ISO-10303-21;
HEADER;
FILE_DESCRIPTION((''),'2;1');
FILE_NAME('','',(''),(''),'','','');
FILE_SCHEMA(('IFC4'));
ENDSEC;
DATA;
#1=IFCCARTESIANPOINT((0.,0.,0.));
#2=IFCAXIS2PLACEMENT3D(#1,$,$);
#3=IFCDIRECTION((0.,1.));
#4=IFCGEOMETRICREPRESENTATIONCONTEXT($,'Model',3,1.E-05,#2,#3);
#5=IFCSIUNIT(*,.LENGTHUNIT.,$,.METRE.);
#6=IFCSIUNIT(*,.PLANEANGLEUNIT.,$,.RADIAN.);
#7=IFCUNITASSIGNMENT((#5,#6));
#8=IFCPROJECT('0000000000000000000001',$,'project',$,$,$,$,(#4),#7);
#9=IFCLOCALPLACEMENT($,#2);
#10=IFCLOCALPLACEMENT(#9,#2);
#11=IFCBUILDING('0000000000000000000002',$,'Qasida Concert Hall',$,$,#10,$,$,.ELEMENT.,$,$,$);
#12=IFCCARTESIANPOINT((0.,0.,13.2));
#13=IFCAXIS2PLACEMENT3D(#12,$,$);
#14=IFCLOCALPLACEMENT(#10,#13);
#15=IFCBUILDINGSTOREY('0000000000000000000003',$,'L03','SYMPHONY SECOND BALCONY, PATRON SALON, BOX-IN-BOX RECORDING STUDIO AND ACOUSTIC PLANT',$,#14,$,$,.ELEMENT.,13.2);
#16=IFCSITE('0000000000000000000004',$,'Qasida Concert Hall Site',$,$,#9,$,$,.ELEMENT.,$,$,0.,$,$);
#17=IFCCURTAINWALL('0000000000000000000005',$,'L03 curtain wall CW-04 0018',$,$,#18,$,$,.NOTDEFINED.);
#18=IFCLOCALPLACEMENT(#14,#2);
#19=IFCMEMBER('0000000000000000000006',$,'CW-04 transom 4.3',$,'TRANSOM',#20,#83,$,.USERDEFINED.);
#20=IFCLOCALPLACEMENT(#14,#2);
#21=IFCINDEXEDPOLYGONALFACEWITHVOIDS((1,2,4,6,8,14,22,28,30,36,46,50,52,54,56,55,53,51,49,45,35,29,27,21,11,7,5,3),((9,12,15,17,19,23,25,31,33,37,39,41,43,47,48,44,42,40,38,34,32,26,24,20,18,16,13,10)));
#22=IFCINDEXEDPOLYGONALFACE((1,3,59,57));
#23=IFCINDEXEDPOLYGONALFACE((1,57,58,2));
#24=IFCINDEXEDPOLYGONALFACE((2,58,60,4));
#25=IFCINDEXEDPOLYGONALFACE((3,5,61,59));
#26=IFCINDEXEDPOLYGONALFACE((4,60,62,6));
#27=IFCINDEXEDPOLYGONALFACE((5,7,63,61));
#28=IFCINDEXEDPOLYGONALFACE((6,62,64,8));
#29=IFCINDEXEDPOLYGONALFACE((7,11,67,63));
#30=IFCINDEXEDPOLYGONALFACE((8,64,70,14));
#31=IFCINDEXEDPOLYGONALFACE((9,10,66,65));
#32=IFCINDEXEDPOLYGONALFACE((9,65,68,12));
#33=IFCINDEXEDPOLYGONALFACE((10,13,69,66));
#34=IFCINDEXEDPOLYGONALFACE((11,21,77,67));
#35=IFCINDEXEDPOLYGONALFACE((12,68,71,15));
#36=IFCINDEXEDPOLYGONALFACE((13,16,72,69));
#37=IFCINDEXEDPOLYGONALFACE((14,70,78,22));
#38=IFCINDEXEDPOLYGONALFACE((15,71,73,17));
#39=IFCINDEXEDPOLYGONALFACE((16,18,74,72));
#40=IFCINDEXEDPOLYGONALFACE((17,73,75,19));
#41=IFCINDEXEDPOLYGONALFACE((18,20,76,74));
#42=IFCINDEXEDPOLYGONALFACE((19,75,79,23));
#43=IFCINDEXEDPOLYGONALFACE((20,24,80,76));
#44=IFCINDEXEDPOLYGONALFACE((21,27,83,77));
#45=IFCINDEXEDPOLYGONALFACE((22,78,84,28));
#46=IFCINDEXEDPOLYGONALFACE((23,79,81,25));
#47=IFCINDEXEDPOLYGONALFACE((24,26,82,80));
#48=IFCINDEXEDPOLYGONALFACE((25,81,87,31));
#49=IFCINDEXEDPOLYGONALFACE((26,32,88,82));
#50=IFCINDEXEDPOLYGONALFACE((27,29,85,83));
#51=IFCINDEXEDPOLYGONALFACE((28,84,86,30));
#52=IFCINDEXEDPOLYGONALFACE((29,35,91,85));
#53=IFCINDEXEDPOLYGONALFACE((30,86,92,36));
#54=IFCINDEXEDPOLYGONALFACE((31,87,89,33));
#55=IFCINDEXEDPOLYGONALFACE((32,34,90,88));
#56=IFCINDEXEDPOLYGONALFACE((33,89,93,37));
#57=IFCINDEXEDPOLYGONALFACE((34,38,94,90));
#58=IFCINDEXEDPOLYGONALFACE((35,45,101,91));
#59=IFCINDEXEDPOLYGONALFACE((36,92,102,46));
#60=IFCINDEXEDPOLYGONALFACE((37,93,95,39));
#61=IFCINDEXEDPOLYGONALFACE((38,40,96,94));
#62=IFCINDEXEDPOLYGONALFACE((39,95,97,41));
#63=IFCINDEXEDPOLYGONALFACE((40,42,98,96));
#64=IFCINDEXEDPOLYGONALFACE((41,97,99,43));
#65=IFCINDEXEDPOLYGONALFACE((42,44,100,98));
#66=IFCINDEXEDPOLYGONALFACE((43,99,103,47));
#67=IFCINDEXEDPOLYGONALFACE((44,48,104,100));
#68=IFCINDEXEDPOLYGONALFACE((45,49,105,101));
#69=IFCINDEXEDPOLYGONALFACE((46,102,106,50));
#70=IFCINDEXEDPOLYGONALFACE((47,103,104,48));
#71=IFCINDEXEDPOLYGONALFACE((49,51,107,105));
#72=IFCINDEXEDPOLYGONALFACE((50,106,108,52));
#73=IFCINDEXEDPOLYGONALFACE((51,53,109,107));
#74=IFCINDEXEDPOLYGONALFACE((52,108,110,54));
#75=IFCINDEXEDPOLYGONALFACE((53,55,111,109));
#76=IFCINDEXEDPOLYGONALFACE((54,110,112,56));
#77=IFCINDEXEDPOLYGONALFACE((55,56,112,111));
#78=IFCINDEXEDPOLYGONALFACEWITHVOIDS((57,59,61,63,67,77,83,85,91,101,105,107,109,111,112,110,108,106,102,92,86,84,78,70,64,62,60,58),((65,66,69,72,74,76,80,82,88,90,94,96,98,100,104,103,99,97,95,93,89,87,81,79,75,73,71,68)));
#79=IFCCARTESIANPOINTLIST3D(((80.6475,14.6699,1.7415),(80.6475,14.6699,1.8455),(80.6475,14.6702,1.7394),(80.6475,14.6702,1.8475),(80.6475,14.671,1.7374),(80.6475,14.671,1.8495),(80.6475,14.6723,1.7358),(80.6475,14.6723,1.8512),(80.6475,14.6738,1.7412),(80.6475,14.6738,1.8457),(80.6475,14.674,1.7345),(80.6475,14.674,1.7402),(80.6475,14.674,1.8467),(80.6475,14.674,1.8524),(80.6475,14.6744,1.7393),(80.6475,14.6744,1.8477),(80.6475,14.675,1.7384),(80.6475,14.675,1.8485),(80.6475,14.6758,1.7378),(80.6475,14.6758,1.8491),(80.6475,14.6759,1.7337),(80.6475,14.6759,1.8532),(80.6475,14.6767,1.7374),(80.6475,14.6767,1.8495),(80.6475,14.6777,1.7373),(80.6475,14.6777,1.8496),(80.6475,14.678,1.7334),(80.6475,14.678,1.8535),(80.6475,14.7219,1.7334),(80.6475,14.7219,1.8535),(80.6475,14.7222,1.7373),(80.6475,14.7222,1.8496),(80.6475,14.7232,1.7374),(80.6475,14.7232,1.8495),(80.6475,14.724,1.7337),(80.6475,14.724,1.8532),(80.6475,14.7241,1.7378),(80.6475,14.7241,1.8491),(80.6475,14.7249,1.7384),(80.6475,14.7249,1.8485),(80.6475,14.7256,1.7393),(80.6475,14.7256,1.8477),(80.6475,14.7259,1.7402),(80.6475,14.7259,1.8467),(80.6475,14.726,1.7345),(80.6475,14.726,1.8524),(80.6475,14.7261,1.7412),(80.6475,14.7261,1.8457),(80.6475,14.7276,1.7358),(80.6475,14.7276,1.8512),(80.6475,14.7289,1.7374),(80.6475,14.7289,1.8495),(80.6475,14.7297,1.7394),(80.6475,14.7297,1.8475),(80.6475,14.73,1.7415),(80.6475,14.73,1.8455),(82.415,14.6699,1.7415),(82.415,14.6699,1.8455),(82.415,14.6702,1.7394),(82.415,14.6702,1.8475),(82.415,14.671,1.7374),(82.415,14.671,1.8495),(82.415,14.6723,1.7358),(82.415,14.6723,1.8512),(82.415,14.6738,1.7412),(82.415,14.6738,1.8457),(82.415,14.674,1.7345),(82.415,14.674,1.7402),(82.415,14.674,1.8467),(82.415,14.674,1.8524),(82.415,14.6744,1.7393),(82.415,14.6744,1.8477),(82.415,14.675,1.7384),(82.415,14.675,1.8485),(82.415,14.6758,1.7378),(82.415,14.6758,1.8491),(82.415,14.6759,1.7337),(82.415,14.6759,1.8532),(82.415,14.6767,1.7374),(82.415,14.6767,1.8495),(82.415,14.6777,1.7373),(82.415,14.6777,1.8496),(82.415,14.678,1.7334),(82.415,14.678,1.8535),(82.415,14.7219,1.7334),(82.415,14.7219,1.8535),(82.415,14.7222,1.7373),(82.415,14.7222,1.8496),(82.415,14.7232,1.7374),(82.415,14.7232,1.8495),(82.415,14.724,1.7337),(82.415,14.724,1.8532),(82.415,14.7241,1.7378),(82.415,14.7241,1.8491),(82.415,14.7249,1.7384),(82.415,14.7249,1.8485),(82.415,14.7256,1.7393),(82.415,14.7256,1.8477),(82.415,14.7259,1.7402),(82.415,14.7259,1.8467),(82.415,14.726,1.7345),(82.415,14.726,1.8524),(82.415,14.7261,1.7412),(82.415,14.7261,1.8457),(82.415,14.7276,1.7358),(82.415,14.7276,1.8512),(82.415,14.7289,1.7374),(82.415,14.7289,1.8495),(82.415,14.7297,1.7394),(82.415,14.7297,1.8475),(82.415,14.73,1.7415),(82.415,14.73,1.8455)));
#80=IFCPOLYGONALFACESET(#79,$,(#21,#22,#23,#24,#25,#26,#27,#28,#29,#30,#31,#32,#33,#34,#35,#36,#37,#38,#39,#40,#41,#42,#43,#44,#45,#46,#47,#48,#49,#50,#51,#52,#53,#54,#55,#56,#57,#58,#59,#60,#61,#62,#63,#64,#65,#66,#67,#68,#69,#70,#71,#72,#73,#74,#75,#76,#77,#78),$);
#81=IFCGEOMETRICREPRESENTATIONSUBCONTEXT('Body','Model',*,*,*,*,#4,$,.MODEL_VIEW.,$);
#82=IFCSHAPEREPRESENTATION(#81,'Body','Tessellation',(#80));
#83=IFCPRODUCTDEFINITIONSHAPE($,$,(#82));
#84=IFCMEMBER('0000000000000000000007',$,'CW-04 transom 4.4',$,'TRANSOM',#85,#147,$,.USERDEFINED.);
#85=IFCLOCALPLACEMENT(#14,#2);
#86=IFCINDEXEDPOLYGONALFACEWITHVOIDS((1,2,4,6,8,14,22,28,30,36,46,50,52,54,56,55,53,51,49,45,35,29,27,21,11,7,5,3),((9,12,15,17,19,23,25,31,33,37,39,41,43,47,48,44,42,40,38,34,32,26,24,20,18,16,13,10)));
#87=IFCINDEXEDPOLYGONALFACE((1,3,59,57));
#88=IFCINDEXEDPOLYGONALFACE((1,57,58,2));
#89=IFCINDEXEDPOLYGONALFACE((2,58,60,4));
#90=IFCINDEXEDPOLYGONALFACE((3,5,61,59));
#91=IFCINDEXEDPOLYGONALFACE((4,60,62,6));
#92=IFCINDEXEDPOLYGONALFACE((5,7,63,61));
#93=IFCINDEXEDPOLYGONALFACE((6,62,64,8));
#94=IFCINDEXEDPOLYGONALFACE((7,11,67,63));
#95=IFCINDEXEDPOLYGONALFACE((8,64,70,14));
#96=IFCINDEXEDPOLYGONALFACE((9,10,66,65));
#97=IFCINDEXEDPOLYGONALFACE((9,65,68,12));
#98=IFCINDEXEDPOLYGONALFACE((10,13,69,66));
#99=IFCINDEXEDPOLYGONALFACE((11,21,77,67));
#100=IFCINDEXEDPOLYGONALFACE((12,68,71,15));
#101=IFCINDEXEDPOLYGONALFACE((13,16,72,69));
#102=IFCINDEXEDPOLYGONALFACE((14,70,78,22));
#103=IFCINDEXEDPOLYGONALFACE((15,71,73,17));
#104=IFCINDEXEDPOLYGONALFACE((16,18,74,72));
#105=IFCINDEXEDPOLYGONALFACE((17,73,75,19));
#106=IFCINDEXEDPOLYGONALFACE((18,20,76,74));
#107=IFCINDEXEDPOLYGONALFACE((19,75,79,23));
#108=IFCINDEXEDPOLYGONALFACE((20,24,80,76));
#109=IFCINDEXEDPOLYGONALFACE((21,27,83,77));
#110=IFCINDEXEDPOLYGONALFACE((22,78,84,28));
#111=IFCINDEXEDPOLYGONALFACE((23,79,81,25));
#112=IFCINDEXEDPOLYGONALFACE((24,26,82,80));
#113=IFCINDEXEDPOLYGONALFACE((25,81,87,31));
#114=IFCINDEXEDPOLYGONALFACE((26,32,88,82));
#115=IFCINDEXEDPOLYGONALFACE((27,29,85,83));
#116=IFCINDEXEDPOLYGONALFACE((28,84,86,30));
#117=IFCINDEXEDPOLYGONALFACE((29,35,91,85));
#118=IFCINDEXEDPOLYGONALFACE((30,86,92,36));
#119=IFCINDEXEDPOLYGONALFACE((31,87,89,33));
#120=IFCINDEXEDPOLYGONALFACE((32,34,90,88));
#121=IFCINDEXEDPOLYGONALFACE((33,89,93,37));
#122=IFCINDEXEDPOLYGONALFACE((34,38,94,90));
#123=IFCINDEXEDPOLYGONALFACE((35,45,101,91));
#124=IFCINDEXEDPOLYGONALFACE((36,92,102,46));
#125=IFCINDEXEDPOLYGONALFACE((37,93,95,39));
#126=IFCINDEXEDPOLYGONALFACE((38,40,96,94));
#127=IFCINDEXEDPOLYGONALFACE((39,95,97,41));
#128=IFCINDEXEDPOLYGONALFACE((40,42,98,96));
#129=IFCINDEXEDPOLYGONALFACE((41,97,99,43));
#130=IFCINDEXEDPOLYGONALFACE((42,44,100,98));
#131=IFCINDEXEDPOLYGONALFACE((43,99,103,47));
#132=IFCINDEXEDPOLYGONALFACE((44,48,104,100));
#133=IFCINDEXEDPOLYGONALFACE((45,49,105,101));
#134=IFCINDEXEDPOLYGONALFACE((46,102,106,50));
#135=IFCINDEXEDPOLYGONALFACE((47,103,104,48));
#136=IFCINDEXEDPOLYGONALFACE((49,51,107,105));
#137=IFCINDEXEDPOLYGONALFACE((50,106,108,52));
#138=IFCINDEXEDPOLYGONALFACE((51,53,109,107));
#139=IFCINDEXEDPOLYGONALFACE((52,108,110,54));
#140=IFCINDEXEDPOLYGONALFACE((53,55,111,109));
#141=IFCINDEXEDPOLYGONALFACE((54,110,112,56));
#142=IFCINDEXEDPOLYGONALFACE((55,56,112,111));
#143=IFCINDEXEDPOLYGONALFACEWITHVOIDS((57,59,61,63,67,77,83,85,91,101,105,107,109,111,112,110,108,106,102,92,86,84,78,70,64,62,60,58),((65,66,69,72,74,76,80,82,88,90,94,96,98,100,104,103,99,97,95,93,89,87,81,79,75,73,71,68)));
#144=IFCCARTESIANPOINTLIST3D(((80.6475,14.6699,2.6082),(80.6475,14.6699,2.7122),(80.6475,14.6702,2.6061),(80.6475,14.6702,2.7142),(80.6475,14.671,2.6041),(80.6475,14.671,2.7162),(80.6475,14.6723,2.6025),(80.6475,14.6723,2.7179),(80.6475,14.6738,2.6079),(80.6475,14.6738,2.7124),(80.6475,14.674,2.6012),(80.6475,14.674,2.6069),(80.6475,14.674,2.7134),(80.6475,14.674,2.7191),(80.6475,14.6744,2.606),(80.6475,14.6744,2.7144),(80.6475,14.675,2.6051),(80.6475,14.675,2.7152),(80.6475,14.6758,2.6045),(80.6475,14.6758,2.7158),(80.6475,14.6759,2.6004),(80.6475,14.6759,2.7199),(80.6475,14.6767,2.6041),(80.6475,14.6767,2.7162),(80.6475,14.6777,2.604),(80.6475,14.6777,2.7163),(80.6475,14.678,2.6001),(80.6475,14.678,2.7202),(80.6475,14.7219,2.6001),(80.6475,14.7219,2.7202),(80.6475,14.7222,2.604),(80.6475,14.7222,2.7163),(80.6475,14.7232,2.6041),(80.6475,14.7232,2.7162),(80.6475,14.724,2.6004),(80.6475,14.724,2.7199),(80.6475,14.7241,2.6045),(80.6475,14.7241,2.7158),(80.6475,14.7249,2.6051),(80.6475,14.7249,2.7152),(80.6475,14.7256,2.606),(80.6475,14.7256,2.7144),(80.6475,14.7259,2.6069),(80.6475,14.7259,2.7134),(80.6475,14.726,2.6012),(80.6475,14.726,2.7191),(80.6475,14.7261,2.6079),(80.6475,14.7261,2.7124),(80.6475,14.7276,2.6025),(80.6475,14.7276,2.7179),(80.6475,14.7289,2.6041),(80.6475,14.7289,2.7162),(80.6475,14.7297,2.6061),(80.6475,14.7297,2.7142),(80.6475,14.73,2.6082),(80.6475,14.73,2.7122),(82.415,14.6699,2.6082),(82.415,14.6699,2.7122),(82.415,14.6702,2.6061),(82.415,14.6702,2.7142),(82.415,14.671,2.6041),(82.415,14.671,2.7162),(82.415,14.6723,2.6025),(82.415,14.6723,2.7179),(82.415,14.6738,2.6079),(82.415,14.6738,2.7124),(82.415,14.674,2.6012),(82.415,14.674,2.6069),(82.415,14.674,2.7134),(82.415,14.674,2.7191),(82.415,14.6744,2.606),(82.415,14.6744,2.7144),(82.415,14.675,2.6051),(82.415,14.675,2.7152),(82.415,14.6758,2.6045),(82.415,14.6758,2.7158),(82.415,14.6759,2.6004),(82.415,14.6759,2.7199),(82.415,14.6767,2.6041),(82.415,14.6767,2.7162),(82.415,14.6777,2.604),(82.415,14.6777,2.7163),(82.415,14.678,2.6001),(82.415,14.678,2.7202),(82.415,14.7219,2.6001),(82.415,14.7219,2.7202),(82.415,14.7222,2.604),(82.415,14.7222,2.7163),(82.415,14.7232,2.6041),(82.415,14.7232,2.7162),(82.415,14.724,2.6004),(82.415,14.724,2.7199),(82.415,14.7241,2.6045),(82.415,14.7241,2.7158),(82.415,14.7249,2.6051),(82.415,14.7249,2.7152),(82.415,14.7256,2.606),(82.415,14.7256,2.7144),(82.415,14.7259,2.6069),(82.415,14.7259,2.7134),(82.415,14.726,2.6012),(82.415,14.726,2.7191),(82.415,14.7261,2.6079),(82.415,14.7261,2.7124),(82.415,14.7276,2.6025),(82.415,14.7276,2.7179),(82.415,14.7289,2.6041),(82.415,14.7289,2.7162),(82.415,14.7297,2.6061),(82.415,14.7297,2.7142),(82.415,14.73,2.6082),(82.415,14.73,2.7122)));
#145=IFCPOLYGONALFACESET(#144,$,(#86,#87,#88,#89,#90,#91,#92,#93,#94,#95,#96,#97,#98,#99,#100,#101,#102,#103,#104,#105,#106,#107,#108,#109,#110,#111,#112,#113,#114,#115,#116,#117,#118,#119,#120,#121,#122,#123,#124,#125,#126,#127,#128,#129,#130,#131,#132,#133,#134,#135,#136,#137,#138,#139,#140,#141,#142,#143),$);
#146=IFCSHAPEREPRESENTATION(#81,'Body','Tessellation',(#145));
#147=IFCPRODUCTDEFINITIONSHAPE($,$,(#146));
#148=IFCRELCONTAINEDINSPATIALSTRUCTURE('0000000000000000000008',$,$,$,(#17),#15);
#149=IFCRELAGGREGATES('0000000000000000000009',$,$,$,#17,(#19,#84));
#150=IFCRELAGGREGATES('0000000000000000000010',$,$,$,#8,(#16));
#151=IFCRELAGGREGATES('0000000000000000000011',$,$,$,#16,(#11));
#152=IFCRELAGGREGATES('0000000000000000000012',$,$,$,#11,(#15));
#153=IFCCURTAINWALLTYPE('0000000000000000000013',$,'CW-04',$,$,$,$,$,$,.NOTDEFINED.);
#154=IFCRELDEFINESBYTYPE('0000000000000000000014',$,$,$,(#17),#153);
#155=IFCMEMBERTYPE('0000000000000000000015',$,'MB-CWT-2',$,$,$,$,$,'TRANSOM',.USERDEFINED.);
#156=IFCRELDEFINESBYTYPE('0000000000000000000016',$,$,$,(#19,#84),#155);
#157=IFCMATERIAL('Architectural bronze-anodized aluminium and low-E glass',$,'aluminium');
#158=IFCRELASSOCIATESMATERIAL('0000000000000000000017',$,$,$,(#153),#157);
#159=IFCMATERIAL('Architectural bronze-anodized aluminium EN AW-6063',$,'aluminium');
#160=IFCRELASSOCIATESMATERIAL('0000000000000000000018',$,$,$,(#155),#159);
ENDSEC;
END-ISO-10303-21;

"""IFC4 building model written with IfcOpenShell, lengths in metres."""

from ifc_helpers import new_model, si_unit, direction, frame, origin, origin_2d, place, context, subcontext, project, spatial, hollow_rectangle, extrude, material, material_profile, profile_set, type_object, element, aggregate, save


model = new_model("IFC4")

# Units and contexts
model_context = context("Model", 3, precision=1e-05, world=origin(), true_north=direction((0.0, 1.0)))
body_context = subcontext(model_context, "Body", "Model", "MODEL_VIEW")
ifc_project = project(units=[si_unit("LENGTHUNIT", "METRE"), si_unit("PLANEANGLEUNIT", "RADIAN")], contexts=[model_context])

# Site, building, storey
site_placement = place(None, origin())
site = spatial("IfcSite", under=ifc_project, at=site_placement, Name="Qasida Concert Hall Site", CompositionType="ELEMENT", RefElevation=0.0)
building_placement = place(site_placement, origin())
building = spatial("IfcBuilding", under=site, at=building_placement, Name="Qasida Concert Hall", CompositionType="ELEMENT")
storey_placement = place(building_placement, frame((0.0, 0.0, 13.2)))
storey = spatial("IfcBuildingStorey", under=building, at=storey_placement, Name="L03", Description="SYMPHONY SECOND BALCONY, PATRON SALON, BOX-IN-BOX RECORDING STUDIO AND ACOUSTIC PLANT", CompositionType="ELEMENT", Elevation=13.2)

# Curtain wall
ifc_material_1 = material(Name="Architectural bronze-anodized aluminium and low-E glass", Category="aluminium")
curtain_wall_type = type_object("IfcCurtainWallType", Name="CW-04", PredefinedType="NOTDEFINED", material=ifc_material_1)
curtain_wall_1_placement = place(storey_placement, origin())
curtain_wall_1 = element("IfcCurtainWall", 1, at=curtain_wall_1_placement, inside=storey, type_object=curtain_wall_type, Name="L03 curtain wall CW-04 0018", PredefinedType="NOTDEFINED")
ifc_material_2 = material(Name="Architectural bronze-anodized aluminium EN AW-6063", Category="aluminium")

# Members
ifc_material_profile_1 = material_profile(ifc_material_2, hollow_rectangle(XDim=0.0601, YDim=0.1201, WallThickness=0.0039, InnerFilletRadius=0.0039, OuterFilletRadius=0.0081, at=origin_2d()), Name="CWT 120x60x4")
ifc_profile_set_1 = profile_set([ifc_material_profile_1], Name="Architectural bronze-anodized aluminium EN AW-6063")
member_type_1 = type_object("IfcMemberType", Name="MB-CWT-2", ElementType="TRANSOM", PredefinedType="USERDEFINED", material=ifc_profile_set_1)
member_1_placement = place(storey_placement, frame((80.6475, 14.7, 1.7935), z_axis=(1.0, 0.0, 0.0), x_axis=(0.0, 1.0, 0.0)))
member_1 = element("IfcMember", 2, at=member_1_placement, type_object=member_type_1, Name="CW-04 transom 4.3", ObjectType="TRANSOM", PredefinedType="USERDEFINED", context=body_context, shape_type="SweptSolid", body=[
    extrude(hollow_rectangle(XDim=0.0601, YDim=0.1201, WallThickness=0.0039, InnerFilletRadius=0.0039, OuterFilletRadius=0.0081, at=origin_2d()), origin(), (0.0, 0.0, 1.0), 1.7676),
])
member_2_placement = place(storey_placement, frame((80.6475, 14.7, 2.6602), z_axis=(1.0, 0.0, 0.0), x_axis=(0.0, 1.0, 0.0)))
member_2 = element("IfcMember", 3, at=member_2_placement, type_object=member_type_1, Name="CW-04 transom 4.4", ObjectType="TRANSOM", PredefinedType="USERDEFINED", context=body_context, shape_type="SweptSolid", body=[
    extrude(hollow_rectangle(XDim=0.0601, YDim=0.1201, WallThickness=0.0039, InnerFilletRadius=0.0039, OuterFilletRadius=0.0081, at=origin_2d()), origin(), (0.0, 0.0, 1.0), 1.7676),
])

aggregate(curtain_wall_1, [member_1, member_2])

save(model, "model.ifc")
